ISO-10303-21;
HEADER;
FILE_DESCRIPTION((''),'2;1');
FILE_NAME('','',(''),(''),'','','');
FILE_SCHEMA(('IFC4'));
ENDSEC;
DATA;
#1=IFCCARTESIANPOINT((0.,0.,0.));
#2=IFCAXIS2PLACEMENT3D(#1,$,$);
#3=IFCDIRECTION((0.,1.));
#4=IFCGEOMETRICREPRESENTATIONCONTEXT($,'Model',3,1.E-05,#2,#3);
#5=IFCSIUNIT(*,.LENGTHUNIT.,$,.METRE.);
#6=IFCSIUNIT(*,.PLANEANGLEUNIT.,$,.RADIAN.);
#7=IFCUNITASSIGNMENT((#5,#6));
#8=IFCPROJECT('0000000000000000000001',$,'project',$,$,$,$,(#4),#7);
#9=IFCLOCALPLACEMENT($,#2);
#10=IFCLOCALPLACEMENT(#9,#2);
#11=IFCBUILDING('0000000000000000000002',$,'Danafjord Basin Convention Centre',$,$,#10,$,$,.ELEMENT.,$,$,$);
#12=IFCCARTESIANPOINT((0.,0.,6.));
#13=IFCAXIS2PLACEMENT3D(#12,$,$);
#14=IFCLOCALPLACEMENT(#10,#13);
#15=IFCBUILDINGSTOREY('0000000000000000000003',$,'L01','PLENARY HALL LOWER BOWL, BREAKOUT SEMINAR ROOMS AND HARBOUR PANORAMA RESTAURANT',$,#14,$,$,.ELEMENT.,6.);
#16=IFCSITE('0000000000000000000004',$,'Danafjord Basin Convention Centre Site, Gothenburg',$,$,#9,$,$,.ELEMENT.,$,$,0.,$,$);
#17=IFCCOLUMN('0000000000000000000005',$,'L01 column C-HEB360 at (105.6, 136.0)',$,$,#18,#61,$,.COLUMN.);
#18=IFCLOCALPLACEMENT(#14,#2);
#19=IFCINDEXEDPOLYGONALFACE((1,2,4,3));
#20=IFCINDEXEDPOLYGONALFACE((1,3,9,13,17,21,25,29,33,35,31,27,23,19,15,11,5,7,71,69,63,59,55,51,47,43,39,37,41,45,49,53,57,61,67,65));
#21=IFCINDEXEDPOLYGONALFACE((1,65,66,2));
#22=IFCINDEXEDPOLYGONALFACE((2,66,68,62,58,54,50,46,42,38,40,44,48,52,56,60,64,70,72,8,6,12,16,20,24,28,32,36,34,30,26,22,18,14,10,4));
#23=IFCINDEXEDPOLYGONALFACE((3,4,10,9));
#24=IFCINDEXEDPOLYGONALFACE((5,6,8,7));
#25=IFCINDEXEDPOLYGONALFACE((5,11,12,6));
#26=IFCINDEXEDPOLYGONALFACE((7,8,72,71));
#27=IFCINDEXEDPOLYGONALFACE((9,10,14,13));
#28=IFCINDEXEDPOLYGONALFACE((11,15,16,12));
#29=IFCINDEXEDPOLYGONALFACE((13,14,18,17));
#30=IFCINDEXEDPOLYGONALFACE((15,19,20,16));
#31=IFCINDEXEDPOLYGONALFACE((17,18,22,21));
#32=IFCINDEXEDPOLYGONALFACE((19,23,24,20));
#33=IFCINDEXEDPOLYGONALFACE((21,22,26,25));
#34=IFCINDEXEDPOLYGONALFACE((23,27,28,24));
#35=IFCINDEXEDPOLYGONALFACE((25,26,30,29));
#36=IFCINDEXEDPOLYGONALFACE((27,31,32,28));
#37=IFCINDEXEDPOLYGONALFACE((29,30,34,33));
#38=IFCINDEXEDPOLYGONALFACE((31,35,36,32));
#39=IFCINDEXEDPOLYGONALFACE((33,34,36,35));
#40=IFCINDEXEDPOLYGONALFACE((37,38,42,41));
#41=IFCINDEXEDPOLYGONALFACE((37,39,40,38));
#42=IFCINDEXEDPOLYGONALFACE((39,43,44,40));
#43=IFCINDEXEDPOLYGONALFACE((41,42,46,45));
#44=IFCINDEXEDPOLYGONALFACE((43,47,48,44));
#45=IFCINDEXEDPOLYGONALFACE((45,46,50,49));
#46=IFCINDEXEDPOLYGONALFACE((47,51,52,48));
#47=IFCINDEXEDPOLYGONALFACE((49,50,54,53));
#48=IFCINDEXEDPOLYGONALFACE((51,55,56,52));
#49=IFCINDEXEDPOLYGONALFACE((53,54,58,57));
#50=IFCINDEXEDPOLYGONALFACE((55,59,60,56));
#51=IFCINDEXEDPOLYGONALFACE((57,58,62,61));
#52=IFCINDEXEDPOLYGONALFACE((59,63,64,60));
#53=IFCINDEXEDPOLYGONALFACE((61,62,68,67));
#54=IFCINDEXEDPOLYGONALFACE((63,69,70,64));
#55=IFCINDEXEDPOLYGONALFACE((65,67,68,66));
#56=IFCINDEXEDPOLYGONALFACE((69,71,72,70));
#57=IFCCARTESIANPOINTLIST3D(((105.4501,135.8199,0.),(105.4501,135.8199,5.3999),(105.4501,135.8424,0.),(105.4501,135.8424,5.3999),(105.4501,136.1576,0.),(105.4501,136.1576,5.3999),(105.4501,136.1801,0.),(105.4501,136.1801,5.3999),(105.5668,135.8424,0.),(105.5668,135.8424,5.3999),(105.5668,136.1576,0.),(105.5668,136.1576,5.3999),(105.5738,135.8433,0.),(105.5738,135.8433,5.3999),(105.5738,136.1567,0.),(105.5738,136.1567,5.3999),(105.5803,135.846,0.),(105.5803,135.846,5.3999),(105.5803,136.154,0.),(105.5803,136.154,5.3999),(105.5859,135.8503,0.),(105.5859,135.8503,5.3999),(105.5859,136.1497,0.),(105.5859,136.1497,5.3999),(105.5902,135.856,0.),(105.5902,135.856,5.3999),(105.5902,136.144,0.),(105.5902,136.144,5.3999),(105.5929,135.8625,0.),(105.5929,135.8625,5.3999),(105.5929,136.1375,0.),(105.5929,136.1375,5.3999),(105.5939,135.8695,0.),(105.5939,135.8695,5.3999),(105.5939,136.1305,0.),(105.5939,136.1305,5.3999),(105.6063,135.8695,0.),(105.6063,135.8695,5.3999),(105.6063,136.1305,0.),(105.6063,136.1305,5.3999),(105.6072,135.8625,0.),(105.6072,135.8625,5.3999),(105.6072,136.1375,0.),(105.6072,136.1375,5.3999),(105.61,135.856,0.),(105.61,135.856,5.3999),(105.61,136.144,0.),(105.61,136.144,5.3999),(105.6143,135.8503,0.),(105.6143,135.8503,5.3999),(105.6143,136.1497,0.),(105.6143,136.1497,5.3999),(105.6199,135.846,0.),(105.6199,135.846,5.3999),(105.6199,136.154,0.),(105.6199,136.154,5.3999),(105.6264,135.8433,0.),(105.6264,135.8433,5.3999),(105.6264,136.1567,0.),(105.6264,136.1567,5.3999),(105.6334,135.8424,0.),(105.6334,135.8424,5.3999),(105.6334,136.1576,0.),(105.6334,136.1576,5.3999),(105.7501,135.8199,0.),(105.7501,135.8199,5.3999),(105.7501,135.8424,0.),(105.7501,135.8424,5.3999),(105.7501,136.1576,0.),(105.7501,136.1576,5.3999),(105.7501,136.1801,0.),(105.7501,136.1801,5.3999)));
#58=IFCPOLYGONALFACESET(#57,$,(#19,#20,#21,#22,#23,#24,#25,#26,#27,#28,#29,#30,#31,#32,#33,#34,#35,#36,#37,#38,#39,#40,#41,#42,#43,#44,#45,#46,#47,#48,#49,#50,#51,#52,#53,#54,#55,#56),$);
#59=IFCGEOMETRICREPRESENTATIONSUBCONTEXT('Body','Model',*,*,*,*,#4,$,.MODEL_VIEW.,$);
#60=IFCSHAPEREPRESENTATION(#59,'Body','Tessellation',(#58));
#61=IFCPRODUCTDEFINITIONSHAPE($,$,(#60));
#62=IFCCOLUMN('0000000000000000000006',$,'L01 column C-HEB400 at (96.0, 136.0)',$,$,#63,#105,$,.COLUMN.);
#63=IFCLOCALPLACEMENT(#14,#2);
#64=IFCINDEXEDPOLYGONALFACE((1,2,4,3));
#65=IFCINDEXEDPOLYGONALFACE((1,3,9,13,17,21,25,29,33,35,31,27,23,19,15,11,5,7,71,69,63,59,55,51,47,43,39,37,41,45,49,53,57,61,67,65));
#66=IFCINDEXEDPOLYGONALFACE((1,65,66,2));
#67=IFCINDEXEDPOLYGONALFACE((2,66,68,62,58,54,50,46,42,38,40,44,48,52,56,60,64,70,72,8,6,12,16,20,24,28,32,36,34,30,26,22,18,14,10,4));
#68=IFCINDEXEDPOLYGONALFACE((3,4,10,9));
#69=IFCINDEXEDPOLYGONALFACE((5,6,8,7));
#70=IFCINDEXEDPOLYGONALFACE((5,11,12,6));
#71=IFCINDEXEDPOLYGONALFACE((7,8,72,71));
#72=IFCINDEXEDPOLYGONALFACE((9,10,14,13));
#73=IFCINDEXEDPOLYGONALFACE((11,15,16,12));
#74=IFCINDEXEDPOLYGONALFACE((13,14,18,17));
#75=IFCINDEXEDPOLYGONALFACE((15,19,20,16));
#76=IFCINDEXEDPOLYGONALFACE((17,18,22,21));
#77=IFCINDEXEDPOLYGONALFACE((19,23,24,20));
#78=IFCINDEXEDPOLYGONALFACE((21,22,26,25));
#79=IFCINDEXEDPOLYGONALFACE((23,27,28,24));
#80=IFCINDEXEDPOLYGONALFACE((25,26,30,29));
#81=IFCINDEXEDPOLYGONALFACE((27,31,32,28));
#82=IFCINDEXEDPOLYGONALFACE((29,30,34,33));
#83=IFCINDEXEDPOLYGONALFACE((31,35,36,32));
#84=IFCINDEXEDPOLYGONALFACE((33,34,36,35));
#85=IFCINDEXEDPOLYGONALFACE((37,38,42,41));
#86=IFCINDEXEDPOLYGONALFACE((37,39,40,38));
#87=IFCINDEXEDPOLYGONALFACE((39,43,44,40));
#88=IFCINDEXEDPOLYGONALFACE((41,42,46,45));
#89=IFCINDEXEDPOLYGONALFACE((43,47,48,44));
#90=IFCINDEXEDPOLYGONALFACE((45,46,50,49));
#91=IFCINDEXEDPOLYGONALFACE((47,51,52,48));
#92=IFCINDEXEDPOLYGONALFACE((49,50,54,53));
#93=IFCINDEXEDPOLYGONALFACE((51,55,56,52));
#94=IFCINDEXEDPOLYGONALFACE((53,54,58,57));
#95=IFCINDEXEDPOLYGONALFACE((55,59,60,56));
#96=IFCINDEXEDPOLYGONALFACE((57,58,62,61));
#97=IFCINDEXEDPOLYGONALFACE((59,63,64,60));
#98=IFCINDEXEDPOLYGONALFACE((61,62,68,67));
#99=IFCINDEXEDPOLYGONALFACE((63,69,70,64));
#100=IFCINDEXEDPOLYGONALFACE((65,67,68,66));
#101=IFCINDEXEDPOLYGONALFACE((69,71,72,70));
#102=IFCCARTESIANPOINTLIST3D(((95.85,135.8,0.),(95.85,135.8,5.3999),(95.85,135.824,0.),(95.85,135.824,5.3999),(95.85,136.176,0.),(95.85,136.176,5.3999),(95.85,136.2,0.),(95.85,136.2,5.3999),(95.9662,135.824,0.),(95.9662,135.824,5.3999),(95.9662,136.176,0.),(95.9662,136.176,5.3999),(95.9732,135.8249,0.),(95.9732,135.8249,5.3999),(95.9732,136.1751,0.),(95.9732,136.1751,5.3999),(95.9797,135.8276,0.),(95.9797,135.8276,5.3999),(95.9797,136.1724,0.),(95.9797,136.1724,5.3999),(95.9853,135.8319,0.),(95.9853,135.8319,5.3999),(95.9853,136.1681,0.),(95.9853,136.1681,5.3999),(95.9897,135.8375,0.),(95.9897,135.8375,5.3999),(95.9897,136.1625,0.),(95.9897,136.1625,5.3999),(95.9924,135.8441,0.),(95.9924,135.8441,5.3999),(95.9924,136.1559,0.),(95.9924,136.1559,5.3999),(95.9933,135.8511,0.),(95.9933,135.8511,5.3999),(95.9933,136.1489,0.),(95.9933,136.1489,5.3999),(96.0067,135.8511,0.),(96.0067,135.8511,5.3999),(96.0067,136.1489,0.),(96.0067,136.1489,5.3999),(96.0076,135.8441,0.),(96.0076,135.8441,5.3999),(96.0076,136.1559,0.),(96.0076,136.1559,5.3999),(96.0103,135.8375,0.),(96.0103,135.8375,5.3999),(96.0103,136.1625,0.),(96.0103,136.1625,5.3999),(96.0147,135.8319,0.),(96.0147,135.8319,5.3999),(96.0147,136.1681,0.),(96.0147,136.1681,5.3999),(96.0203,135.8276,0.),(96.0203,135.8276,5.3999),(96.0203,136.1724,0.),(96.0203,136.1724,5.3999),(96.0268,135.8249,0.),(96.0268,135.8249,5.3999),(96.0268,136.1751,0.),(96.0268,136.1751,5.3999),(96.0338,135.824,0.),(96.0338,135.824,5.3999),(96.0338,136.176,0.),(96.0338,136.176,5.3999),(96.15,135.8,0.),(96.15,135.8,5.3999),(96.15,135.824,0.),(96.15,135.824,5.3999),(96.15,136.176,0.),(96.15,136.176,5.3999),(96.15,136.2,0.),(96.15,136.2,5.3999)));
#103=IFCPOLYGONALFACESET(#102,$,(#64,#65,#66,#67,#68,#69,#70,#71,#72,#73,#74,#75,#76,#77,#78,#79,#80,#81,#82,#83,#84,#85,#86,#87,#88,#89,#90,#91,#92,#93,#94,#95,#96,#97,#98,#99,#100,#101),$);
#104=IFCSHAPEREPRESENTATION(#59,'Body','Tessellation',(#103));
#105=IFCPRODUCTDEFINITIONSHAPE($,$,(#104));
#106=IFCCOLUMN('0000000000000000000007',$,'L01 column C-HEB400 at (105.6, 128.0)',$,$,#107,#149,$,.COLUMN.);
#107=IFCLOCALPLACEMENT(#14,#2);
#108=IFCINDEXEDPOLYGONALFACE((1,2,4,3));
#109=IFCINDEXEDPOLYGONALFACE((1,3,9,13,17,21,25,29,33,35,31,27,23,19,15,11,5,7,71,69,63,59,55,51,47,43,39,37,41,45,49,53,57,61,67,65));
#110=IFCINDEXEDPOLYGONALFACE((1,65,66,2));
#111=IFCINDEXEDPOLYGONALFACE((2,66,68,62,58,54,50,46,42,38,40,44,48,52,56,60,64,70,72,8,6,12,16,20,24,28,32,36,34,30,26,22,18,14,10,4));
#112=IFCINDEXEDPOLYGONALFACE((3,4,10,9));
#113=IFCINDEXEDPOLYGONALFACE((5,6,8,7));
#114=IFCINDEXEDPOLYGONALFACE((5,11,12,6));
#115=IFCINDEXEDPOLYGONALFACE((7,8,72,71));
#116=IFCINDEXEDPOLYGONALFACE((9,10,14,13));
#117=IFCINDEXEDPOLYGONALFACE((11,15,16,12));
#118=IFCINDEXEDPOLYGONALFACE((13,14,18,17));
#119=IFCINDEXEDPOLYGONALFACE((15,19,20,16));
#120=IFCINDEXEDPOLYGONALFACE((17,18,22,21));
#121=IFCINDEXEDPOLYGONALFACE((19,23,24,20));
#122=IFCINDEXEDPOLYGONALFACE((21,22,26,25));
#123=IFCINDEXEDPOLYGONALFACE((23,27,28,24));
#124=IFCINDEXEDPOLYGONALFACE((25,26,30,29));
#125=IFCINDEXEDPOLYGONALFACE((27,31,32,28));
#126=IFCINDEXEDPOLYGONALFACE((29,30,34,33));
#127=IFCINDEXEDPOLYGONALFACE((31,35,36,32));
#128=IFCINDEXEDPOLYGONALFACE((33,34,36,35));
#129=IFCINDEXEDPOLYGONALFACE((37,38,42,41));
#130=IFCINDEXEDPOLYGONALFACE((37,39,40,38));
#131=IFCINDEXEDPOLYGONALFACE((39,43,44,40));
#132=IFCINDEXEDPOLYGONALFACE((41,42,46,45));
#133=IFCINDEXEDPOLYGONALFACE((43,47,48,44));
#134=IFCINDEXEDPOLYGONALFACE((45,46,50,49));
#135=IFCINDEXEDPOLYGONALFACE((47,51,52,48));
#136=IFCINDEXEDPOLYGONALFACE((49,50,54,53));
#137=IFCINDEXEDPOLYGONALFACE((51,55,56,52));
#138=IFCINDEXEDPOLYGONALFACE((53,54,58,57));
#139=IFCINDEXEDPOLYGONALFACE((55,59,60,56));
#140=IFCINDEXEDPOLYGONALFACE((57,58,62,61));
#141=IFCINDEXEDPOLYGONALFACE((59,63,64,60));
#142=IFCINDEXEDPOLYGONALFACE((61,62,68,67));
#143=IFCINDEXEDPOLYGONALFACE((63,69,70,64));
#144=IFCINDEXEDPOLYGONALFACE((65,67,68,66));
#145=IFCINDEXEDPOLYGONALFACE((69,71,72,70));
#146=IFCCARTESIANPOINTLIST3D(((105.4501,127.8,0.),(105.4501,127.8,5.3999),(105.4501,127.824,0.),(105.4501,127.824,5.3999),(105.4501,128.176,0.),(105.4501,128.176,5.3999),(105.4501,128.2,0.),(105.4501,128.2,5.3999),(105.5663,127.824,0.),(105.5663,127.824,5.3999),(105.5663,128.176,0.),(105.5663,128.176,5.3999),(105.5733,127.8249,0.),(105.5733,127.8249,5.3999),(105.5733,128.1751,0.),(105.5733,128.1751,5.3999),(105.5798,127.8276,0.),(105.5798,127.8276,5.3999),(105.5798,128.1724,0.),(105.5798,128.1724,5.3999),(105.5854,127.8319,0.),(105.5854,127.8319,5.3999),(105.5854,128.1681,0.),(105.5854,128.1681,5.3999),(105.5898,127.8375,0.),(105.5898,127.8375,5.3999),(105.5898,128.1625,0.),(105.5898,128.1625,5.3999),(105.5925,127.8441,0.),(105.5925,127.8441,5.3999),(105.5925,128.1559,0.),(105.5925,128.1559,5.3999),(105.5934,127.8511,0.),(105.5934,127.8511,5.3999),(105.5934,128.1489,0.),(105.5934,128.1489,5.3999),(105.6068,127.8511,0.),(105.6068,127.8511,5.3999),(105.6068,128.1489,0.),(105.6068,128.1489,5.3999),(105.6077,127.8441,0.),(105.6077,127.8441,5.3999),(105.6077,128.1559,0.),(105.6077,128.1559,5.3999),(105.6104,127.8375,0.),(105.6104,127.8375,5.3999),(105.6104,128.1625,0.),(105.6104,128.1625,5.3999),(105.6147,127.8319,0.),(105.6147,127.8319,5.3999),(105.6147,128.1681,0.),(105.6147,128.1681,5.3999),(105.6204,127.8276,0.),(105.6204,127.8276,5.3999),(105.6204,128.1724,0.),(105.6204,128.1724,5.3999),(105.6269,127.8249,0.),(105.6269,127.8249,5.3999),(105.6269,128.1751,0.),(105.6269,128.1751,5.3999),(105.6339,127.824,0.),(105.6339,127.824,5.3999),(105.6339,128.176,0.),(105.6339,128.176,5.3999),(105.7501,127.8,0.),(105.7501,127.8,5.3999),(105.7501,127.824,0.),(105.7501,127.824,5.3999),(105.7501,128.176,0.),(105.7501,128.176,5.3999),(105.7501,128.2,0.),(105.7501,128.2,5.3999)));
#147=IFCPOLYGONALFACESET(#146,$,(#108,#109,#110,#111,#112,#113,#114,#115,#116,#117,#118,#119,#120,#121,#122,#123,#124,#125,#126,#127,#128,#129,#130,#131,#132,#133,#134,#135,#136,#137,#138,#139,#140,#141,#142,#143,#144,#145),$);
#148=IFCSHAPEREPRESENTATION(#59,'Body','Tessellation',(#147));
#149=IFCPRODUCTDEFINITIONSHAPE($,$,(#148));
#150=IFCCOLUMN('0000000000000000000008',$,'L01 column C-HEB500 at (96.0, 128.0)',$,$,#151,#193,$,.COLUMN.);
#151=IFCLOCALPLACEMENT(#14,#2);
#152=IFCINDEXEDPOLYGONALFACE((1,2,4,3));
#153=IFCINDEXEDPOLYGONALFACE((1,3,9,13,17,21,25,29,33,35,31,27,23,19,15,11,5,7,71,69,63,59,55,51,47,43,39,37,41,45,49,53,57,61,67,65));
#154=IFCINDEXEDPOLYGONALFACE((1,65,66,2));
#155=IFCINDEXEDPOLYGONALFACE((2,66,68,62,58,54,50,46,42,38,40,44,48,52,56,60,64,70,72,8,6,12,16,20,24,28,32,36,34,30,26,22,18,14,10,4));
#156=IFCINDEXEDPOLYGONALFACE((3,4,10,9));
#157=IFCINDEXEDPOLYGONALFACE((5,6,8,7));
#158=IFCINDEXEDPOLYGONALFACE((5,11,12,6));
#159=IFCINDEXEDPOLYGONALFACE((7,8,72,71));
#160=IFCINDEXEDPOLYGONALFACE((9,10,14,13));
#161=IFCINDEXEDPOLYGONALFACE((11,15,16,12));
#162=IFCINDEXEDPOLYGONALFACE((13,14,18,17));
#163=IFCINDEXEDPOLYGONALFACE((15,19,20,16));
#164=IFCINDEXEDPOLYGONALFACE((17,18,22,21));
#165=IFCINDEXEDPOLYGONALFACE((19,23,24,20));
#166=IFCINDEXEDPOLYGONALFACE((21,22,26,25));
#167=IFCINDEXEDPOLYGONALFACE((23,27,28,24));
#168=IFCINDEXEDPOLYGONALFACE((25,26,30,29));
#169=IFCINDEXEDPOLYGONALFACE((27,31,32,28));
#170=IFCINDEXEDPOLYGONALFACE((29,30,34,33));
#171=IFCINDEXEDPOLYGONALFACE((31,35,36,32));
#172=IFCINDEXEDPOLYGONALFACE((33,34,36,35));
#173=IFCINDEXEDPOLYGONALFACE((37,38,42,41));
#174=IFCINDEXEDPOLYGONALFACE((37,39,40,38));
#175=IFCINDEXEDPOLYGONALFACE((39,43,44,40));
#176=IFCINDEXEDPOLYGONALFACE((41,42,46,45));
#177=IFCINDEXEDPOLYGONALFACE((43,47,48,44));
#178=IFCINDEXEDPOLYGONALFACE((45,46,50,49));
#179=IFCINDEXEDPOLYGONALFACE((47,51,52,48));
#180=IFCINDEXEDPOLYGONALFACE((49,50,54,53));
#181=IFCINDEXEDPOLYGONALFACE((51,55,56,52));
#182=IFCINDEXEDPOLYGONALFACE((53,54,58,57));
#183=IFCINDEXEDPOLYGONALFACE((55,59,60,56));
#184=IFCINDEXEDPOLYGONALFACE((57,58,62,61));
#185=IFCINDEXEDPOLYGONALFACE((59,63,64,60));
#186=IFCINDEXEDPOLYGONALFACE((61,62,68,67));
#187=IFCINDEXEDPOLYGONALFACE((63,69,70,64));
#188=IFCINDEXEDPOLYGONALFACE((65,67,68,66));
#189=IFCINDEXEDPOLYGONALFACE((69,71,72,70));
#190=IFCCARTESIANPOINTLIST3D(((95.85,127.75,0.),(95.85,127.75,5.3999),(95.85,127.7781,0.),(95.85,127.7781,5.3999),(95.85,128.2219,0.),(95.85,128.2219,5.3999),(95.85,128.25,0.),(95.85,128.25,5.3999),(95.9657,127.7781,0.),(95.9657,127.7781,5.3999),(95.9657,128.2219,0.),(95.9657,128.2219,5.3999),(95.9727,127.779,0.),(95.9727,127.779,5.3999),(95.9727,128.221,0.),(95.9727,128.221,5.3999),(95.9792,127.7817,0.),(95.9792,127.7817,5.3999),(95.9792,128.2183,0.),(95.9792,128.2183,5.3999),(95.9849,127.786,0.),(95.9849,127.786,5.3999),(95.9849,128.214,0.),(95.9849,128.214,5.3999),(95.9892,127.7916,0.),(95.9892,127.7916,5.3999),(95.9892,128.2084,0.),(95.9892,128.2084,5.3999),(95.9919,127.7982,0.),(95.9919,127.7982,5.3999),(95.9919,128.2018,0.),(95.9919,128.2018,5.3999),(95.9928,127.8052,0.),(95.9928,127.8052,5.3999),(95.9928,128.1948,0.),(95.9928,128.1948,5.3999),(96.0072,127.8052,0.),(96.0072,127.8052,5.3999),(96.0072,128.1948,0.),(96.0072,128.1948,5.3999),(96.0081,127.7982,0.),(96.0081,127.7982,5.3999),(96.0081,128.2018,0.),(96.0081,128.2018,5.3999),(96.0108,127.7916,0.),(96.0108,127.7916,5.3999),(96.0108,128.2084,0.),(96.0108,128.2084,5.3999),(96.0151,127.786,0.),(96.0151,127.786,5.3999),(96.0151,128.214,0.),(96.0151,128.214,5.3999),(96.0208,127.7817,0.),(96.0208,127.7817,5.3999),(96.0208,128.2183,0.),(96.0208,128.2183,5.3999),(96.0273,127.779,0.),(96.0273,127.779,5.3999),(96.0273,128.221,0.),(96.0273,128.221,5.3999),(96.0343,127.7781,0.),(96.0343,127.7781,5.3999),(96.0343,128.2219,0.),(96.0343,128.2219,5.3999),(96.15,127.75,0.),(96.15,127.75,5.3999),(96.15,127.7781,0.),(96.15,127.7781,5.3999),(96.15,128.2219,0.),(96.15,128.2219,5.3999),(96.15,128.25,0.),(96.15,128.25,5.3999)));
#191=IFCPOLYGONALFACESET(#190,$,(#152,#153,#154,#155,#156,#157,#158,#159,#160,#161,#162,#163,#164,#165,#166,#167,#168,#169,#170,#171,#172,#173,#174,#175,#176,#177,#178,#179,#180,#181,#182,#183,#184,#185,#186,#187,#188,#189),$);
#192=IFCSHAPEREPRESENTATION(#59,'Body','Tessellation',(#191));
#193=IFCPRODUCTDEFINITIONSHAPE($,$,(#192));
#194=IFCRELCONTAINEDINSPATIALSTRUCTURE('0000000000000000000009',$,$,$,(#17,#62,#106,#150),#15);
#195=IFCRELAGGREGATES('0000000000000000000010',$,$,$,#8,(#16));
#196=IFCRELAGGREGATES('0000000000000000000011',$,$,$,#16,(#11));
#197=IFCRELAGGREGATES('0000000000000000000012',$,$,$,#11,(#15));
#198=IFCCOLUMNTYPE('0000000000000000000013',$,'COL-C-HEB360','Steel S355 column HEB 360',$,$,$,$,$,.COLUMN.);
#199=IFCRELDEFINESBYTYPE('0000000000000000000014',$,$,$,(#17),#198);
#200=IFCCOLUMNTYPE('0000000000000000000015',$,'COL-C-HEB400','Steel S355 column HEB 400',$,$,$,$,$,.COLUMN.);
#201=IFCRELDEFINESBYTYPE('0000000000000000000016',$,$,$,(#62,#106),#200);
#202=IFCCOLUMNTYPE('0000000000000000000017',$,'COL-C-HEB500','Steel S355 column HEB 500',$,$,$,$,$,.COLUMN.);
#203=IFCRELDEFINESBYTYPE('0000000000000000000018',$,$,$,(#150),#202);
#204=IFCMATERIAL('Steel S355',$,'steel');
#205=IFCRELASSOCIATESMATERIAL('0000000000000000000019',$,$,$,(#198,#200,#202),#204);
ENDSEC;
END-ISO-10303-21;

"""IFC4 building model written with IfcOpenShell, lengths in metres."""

from ifc_helpers import new_model, si_unit, direction, frame, origin, origin_2d, place, context, subcontext, project, spatial, i_section, extrude, material, material_profile, profile_set, type_object, element, save


model = new_model("IFC4")

# Units and contexts
model_context = context("Model", 3, precision=1e-05, world=origin(), true_north=direction((0.0, 1.0)))
body_context = subcontext(model_context, "Body", "Model", "MODEL_VIEW")
ifc_project = project(units=[si_unit("LENGTHUNIT", "METRE"), si_unit("PLANEANGLEUNIT", "RADIAN")], contexts=[model_context])

# Site, building, storey
site_placement = place(None, origin())
site = spatial("IfcSite", under=ifc_project, at=site_placement, Name="Danafjord Basin Convention Centre Site, Gothenburg", CompositionType="ELEMENT", RefElevation=0.0)
building_placement = place(site_placement, origin())
building = spatial("IfcBuilding", under=site, at=building_placement, Name="Danafjord Basin Convention Centre", CompositionType="ELEMENT")
storey_placement = place(building_placement, frame((0.0, 0.0, 6.0)))
storey = spatial("IfcBuildingStorey", under=building, at=storey_placement, Name="L01", Description="PLENARY HALL LOWER BOWL, BREAKOUT SEMINAR ROOMS AND HARBOUR PANORAMA RESTAURANT", CompositionType="ELEMENT", Elevation=6.0)

# Columns
ifc_material_1 = material(Name="Steel S355", Category="steel")
ifc_material_profile_1 = material_profile(ifc_material_1, i_section(OverallWidth=0.3, OverallDepth=0.3601, WebThickness=0.0125, FlangeThickness=0.0225, FilletRadius=0.0271, at=origin_2d()), Name="HEB 360")
ifc_profile_set_1 = profile_set([ifc_material_profile_1], Name="Steel S355")
column_type_1 = type_object("IfcColumnType", Name="COL-C-HEB360", Description="Steel S355 column HEB 360", PredefinedType="COLUMN", material=ifc_profile_set_1)
column_1_placement = place(storey_placement, frame((105.6001, 136.0, 0.0), z_axis=(0.0, 0.0, 1.0), x_axis=(1.0, 0.0, 0.0)))
element("IfcColumn", 1, at=column_1_placement, inside=storey, type_object=column_type_1, Name="L01 column C-HEB360 at (105.6, 136.0)", PredefinedType="COLUMN", context=body_context, shape_type="SweptSolid", body=[
    extrude(i_section(OverallWidth=0.3, OverallDepth=0.3601, WebThickness=0.0125, FlangeThickness=0.0225, FilletRadius=0.0271, at=origin_2d()), origin(), (0.0, 0.0, 1.0), 5.3999),
])
ifc_material_profile_2 = material_profile(ifc_material_1, i_section(OverallWidth=0.3, OverallDepth=0.3999, WebThickness=0.0134, FlangeThickness=0.0239, FilletRadius=0.0271, at=origin_2d()), Name="HEB 400")
ifc_profile_set_2 = profile_set([ifc_material_profile_2], Name="Steel S355")
column_type_2 = type_object("IfcColumnType", Name="COL-C-HEB400", Description="Steel S355 column HEB 400", PredefinedType="COLUMN", material=ifc_profile_set_2)
for number, where, z_axis, x_axis, name in (
    (2, (96.0, 136.0, 0.0), (0.0, 0.0, 1.0), (1.0, 0.0, 0.0), "L01 column C-HEB400 at (96.0, 136.0)"),
    (3, (105.6001, 128.0, 0.0), (0.0, 0.0, 1.0), (1.0, 0.0, 0.0), "L01 column C-HEB400 at (105.6, 128.0)"),
):
    element("IfcColumn", number, at=place(storey_placement, frame(where, z_axis=z_axis, x_axis=x_axis)), inside=storey, type_object=column_type_2, Name=name, PredefinedType="COLUMN", context=body_context, shape_type="SweptSolid", body=[
        extrude(i_section(OverallWidth=0.3, OverallDepth=0.3999, WebThickness=0.0134, FlangeThickness=0.0239, FilletRadius=0.0271, at=origin_2d()), origin(), (0.0, 0.0, 1.0), 5.3999),
    ])
ifc_material_profile_3 = material_profile(ifc_material_1, i_section(OverallWidth=0.3, OverallDepth=0.5, WebThickness=0.0144, FlangeThickness=0.0281, FilletRadius=0.0271, at=origin_2d()), Name="HEB 500")
ifc_profile_set_3 = profile_set([ifc_material_profile_3], Name="Steel S355")
column_type_3 = type_object("IfcColumnType", Name="COL-C-HEB500", Description="Steel S355 column HEB 500", PredefinedType="COLUMN", material=ifc_profile_set_3)
column_2_placement = place(storey_placement, frame((96.0, 128.0, 0.0), z_axis=(0.0, 0.0, 1.0), x_axis=(1.0, 0.0, 0.0)))
element("IfcColumn", 4, at=column_2_placement, inside=storey, type_object=column_type_3, Name="L01 column C-HEB500 at (96.0, 128.0)", PredefinedType="COLUMN", context=body_context, shape_type="SweptSolid", body=[
    extrude(i_section(OverallWidth=0.3, OverallDepth=0.5, WebThickness=0.0144, FlangeThickness=0.0281, FilletRadius=0.0271, at=origin_2d()), origin(), (0.0, 0.0, 1.0), 5.3999),
])

save(model, "model.ifc")
